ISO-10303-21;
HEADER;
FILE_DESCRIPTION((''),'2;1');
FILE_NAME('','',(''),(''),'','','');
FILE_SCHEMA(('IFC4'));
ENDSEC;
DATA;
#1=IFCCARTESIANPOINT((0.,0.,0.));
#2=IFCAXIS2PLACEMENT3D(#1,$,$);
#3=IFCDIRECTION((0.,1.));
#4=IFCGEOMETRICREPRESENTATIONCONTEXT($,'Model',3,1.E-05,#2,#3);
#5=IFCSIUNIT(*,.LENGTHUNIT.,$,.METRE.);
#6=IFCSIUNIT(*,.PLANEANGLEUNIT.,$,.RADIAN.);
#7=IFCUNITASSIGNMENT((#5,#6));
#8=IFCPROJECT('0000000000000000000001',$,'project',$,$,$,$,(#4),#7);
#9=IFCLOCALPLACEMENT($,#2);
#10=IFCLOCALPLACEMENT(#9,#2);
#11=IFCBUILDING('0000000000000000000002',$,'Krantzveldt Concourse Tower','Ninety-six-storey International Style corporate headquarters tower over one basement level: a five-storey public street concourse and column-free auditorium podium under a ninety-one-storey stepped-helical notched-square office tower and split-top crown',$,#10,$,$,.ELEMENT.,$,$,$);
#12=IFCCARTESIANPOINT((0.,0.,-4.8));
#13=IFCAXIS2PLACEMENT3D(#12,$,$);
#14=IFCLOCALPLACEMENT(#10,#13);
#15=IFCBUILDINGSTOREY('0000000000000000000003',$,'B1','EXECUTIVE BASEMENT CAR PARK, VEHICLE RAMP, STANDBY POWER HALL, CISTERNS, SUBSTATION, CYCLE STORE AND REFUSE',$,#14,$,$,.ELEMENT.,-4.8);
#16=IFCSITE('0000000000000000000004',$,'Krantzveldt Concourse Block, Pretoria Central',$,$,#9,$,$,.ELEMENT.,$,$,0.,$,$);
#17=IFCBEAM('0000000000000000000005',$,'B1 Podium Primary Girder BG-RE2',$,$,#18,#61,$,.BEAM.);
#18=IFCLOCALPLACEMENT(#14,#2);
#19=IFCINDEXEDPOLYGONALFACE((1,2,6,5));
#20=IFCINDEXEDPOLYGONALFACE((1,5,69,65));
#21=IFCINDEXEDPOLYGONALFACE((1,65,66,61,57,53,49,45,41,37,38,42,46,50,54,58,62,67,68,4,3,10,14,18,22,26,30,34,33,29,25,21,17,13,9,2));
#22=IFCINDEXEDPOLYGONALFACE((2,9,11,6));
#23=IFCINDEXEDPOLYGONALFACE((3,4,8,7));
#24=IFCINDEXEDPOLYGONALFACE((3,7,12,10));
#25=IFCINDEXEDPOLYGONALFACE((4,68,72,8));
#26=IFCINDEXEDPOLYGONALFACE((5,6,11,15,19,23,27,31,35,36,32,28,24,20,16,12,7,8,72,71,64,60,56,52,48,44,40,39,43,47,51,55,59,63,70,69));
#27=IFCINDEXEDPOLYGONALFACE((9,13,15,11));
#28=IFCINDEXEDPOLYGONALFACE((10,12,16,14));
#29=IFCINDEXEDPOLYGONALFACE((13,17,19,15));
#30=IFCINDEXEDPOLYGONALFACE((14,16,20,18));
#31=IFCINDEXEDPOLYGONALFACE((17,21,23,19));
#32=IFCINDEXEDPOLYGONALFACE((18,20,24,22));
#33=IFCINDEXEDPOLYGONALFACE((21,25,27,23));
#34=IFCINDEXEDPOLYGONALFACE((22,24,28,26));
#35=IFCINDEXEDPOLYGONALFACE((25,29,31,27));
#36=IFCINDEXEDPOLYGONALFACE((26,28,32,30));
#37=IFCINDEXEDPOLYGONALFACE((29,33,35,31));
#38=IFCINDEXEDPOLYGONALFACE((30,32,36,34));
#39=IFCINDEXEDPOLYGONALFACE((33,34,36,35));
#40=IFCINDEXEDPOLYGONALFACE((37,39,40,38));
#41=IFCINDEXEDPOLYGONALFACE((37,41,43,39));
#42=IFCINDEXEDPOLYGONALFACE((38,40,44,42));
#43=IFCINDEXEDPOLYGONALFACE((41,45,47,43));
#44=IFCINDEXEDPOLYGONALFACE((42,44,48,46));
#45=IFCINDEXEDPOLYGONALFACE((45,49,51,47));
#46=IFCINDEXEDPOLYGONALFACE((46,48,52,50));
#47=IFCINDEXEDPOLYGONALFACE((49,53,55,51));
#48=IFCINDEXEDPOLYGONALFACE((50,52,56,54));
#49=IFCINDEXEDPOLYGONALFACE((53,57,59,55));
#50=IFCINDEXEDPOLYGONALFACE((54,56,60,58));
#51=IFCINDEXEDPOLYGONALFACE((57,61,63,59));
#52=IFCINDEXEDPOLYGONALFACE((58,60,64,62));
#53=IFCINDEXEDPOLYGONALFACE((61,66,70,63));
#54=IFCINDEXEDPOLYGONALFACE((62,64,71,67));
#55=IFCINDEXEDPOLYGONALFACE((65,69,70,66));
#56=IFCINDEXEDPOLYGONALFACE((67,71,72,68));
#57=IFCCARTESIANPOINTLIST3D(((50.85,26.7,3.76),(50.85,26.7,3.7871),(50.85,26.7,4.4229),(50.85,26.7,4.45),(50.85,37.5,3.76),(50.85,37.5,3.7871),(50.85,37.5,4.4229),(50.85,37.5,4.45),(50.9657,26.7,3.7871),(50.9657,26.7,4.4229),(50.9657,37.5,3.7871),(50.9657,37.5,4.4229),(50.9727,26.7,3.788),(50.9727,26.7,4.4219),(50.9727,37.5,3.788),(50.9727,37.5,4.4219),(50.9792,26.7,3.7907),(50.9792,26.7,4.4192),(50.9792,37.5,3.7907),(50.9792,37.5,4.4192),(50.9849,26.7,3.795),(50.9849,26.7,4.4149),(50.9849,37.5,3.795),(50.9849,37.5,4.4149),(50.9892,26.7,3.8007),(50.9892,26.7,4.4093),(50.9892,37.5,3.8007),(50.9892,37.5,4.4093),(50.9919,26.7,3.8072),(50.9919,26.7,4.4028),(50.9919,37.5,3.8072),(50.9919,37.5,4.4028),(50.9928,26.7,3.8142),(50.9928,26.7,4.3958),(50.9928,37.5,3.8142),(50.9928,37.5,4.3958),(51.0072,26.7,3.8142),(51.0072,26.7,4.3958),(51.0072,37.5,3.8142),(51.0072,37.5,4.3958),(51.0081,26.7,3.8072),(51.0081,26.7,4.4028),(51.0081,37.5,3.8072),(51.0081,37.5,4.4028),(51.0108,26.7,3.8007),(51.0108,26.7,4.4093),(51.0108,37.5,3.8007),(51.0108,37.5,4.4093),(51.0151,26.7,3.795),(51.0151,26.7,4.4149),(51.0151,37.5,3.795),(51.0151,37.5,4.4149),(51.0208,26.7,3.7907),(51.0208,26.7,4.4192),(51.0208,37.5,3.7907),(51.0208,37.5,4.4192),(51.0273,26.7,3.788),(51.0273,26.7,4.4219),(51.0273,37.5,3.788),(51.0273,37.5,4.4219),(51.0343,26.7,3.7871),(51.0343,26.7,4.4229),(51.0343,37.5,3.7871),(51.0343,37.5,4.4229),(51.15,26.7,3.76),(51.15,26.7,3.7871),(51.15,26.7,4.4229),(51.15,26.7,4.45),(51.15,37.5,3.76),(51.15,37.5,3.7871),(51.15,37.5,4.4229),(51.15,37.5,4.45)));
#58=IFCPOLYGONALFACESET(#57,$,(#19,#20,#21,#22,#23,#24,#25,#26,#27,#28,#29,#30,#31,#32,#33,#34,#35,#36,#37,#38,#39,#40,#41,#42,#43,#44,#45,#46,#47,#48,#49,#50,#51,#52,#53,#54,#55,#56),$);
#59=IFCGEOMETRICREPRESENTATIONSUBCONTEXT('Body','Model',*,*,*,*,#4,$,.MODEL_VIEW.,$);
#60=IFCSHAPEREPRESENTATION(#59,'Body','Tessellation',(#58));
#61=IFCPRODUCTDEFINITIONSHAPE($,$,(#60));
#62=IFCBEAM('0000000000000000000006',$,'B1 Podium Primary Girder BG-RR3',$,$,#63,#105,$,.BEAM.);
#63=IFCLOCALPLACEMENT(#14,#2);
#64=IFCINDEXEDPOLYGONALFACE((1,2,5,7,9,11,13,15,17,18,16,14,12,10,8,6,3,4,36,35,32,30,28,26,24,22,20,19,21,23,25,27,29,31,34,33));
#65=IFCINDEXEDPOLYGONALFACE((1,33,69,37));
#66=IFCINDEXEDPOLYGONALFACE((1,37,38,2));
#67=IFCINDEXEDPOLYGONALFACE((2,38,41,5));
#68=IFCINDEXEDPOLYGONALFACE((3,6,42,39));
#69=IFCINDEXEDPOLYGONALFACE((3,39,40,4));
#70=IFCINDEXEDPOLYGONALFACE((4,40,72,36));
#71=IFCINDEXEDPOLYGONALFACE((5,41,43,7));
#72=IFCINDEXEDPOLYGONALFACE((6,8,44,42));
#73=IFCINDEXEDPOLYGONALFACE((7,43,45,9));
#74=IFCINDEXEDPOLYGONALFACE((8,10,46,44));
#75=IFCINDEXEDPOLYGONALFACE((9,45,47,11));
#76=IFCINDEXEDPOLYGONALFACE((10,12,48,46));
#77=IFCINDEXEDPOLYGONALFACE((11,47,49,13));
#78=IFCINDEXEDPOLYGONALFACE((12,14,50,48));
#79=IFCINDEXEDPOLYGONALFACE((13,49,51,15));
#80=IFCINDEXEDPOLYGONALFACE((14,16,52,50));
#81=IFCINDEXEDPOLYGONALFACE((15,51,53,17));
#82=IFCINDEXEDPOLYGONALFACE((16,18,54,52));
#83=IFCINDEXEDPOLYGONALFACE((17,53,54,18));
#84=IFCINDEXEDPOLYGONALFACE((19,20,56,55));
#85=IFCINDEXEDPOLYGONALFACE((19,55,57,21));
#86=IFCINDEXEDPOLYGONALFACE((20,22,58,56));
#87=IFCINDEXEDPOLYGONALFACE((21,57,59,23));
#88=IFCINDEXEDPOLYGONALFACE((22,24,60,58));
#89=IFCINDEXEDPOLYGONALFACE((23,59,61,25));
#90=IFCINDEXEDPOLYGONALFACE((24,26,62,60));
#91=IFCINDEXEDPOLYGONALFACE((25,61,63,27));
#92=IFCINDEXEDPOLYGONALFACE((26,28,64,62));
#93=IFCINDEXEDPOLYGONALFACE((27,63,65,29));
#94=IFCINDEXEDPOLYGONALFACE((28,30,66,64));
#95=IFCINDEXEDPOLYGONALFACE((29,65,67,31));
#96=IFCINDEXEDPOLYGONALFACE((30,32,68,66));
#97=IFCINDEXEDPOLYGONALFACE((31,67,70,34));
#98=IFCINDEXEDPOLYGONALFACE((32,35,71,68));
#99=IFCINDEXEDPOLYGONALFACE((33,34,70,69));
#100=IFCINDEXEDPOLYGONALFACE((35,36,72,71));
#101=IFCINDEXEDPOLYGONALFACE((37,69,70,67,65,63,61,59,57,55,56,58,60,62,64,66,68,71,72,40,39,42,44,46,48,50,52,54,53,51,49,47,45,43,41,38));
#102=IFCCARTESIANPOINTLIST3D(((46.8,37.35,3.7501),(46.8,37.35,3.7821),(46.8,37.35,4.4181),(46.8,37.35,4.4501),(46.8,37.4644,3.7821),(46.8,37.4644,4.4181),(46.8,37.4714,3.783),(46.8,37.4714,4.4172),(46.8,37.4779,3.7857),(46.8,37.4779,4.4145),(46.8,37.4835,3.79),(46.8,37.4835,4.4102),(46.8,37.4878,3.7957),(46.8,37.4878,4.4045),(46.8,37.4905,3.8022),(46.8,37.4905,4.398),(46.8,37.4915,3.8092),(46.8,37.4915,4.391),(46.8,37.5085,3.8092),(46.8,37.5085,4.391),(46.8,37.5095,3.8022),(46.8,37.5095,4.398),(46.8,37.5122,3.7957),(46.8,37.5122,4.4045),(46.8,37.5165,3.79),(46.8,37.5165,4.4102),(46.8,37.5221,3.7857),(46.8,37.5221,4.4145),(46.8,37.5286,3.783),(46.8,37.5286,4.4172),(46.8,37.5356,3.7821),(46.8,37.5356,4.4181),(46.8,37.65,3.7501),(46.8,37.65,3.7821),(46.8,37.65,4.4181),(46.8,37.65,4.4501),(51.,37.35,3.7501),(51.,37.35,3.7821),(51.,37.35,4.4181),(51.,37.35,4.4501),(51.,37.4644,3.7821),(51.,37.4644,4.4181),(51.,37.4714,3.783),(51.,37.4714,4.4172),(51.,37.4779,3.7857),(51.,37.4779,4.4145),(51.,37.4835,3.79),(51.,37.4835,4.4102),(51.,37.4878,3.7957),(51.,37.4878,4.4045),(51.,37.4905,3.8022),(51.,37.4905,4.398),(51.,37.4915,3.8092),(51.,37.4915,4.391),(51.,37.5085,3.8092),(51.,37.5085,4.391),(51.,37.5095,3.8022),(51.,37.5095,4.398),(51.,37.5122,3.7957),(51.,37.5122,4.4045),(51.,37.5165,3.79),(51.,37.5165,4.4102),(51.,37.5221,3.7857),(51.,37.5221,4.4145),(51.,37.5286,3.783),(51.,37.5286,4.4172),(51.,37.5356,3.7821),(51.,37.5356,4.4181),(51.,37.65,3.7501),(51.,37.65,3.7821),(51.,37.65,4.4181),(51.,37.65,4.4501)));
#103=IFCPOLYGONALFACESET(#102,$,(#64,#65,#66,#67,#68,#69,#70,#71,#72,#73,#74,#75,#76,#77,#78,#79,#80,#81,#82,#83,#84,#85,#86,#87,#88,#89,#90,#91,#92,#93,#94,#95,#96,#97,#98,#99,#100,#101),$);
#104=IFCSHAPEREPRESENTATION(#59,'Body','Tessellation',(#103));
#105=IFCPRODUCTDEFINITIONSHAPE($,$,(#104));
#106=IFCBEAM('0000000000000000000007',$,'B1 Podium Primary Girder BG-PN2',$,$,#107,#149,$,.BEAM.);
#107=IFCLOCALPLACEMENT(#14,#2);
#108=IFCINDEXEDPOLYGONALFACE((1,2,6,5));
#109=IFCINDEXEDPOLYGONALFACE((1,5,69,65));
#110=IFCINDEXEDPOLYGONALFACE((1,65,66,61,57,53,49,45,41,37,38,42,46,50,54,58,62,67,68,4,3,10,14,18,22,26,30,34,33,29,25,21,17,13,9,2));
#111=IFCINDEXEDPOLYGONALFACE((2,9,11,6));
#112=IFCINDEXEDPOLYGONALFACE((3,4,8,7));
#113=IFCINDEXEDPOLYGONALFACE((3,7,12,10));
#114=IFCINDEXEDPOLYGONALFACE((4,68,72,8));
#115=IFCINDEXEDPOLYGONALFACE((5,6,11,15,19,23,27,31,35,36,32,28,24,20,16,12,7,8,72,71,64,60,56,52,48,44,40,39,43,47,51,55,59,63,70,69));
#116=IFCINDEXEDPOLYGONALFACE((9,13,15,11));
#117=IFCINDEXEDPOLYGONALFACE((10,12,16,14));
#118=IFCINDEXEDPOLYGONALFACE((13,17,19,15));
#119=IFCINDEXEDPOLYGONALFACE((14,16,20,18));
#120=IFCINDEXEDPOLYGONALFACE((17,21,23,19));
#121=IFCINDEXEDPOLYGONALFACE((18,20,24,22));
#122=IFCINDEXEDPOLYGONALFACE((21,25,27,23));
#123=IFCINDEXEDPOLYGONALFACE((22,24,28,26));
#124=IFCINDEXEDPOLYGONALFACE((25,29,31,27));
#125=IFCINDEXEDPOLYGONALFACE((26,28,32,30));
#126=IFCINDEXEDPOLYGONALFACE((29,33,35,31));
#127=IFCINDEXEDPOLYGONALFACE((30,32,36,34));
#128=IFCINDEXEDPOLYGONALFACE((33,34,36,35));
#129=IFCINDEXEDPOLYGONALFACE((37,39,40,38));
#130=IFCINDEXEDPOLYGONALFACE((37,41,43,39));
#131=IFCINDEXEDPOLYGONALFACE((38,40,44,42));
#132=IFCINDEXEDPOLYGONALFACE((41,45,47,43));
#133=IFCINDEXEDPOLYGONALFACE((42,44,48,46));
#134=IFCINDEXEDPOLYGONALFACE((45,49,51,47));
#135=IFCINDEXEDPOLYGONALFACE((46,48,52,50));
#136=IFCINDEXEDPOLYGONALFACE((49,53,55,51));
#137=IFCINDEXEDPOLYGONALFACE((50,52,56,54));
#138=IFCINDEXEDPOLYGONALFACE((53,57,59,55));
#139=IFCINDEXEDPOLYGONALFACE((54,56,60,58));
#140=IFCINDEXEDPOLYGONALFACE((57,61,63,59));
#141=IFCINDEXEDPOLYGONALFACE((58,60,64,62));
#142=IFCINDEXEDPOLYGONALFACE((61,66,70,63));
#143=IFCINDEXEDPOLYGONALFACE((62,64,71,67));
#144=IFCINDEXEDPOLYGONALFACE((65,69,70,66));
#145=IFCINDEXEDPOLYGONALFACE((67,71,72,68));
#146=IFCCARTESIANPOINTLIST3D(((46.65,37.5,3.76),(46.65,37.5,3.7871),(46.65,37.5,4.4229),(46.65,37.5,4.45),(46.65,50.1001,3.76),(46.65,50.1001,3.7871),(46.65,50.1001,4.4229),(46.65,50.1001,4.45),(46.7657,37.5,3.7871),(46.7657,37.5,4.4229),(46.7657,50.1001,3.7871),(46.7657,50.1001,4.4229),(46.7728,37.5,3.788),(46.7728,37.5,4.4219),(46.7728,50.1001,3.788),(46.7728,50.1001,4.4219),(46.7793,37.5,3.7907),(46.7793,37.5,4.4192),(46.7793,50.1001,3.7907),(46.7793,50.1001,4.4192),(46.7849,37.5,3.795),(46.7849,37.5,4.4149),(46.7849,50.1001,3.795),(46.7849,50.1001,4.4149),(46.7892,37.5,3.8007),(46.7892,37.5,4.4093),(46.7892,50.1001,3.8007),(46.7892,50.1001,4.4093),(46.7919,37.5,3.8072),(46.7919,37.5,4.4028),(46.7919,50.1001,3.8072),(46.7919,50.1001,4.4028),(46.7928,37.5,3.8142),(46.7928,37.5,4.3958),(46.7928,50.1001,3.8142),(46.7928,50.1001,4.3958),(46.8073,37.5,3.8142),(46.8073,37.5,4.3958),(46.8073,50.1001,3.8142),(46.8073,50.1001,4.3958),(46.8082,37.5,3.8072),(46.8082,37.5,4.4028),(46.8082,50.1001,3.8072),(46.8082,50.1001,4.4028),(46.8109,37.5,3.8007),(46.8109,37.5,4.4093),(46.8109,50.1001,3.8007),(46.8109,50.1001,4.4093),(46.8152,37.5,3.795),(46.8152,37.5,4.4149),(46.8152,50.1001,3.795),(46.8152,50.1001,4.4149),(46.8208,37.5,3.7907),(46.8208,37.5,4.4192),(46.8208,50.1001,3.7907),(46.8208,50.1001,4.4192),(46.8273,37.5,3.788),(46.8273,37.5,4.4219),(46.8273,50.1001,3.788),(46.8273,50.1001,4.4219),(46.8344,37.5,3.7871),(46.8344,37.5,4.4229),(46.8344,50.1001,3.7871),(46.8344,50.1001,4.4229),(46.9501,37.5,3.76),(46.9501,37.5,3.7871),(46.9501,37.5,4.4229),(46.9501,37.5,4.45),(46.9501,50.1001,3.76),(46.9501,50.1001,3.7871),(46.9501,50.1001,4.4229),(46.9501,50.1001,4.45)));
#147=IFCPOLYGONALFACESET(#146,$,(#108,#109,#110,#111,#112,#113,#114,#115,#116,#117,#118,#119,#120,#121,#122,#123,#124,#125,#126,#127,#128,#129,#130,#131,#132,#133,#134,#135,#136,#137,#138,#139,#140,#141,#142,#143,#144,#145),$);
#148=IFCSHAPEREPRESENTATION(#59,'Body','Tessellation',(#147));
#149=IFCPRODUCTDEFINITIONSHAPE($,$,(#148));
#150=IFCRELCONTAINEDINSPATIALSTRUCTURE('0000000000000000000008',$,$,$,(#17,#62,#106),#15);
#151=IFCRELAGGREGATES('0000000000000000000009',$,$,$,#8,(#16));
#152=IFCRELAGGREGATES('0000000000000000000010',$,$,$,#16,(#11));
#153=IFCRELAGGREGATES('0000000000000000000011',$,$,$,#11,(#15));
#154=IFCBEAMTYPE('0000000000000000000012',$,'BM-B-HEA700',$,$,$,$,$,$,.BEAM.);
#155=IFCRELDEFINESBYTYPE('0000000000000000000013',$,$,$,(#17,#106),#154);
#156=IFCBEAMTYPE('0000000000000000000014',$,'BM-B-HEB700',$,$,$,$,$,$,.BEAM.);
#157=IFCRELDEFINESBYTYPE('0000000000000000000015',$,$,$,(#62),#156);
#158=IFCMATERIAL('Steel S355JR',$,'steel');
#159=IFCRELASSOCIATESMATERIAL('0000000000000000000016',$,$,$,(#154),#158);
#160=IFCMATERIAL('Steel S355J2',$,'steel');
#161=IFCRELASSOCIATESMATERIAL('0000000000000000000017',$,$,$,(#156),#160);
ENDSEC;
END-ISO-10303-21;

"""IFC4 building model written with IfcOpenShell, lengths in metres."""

from ifc_helpers import new_model, si_unit, direction, frame, origin, origin_2d, place, context, subcontext, project, spatial, i_section, extrude, source, transform, mapped, material, material_profile, profile_set, type_object, type_shapes, element, save


model = new_model("IFC4")

# Units and contexts
model_context = context("Model", 3, precision=1e-05, world=origin(), true_north=direction((0.0, 1.0)))
body_context = subcontext(model_context, "Body", "Model", "MODEL_VIEW")
ifc_project = project(units=[si_unit("LENGTHUNIT", "METRE"), si_unit("PLANEANGLEUNIT", "RADIAN")], contexts=[model_context])

# Site, building, storey
site_placement = place(None, origin())
site = spatial("IfcSite", under=ifc_project, at=site_placement, Name="Krantzveldt Concourse Block, Pretoria Central", CompositionType="ELEMENT", RefElevation=0.0)
building_placement = place(site_placement, origin())
building = spatial("IfcBuilding", under=site, at=building_placement, Name="Krantzveldt Concourse Tower", Description="Ninety-six-storey International Style corporate headquarters tower over one basement level: a five-storey public street concourse and column-free auditorium podium under a ninety-one-storey stepped-helical notched-square office tower and split-top crown", CompositionType="ELEMENT")
storey_placement = place(building_placement, frame((0.0, 0.0, -4.8)))
storey = spatial("IfcBuildingStorey", under=building, at=storey_placement, Name="B1", Description="EXECUTIVE BASEMENT CAR PARK, VEHICLE RAMP, STANDBY POWER HALL, CISTERNS, SUBSTATION, CYCLE STORE AND REFUSE", CompositionType="ELEMENT", Elevation=-4.8)

# Beams
ifc_material_1 = material(Name="Steel S355JR", Category="steel")
ifc_material_profile_1 = material_profile(ifc_material_1, i_section(OverallWidth=0.3, OverallDepth=0.6899, WebThickness=0.0144, FlangeThickness=0.0271, FilletRadius=0.0271, at=origin_2d()), Name="Steel S355JR", Category="steel")
ifc_profile_set_1 = profile_set([ifc_material_profile_1], Name="Steel S355JR - HEA 700")
beam_type_1 = type_object("IfcBeamType", Name="BM-B-HEA700", PredefinedType="BEAM", material=ifc_profile_set_1)
shared_shape_1 = source(origin(), body_context, "Body", "SweptSolid", [
    extrude(i_section(OverallWidth=0.3, OverallDepth=0.6899, WebThickness=0.0144, FlangeThickness=0.0271, FilletRadius=0.0271, at=origin_2d()), origin(), (0.0, 0.0, 1.0), 10.8),
])
beam_1_placement = place(storey_placement, frame((51.0, 26.7, 4.105), z_axis=(0.0, 1.0, 0.0), x_axis=(-1.0, 0.0, 0.0)))
element("IfcBeam", 1, at=beam_1_placement, inside=storey, type_object=beam_type_1, Name="B1 Podium Primary Girder BG-RE2", PredefinedType="BEAM", context=body_context, shape_type="MappedRepresentation", body=[
    mapped(shared_shape_1, transform((0.0, 0.0, 0.0), x_axis=(1.0, 0.0, 0.0), y_axis=(0.0, 1.0, 0.0), z_axis=(0.0, 0.0, 1.0), scale=1.0)),
])
ifc_material_2 = material(Name="Steel S355J2", Category="steel")
ifc_material_profile_2 = material_profile(ifc_material_2, i_section(OverallWidth=0.3, OverallDepth=0.7, WebThickness=0.0171, FlangeThickness=0.032, FilletRadius=0.0271, at=origin_2d()), Name="Steel S355J2", Category="steel")
ifc_profile_set_2 = profile_set([ifc_material_profile_2], Name="Steel S355J2 - HEB 700")
beam_type_2 = type_object("IfcBeamType", Name="BM-B-HEB700", PredefinedType="BEAM", material=ifc_profile_set_2)
shared_shape_2 = source(origin(), body_context, "Body", "SweptSolid", [
    extrude(i_section(OverallWidth=0.3, OverallDepth=0.7, WebThickness=0.0171, FlangeThickness=0.032, FilletRadius=0.0271, at=origin_2d()), origin(), (0.0, 0.0, 1.0), 4.2),
])
type_shapes(beam_type_2, [shared_shape_2])
beam_2_placement = place(storey_placement, frame((46.8, 37.5, 4.1001), z_axis=(1.0, 0.0, 0.0), x_axis=(0.0, 1.0, 0.0)))
element("IfcBeam", 2, at=beam_2_placement, inside=storey, type_object=beam_type_2, Name="B1 Podium Primary Girder BG-RR3", PredefinedType="BEAM", context=body_context, shape_type="MappedRepresentation", body=[
    mapped(shared_shape_2, transform((0.0, 0.0, 0.0), x_axis=(1.0, 0.0, 0.0), y_axis=(0.0, 1.0, 0.0), z_axis=(0.0, 0.0, 1.0), scale=1.0)),
])
shared_shape_3 = source(origin(), body_context, "Body", "SweptSolid", [
    extrude(i_section(OverallWidth=0.3, OverallDepth=0.6899, WebThickness=0.0144, FlangeThickness=0.0271, FilletRadius=0.0271, at=origin_2d()), origin(), (0.0, 0.0, 1.0), 12.6001),
])
type_shapes(beam_type_1, [shared_shape_1, shared_shape_3])
beam_3_placement = place(storey_placement, frame((46.8, 37.5, 4.105), z_axis=(0.0, 1.0, 0.0), x_axis=(-1.0, 0.0, 0.0)))
element("IfcBeam", 3, at=beam_3_placement, inside=storey, type_object=beam_type_1, Name="B1 Podium Primary Girder BG-PN2", PredefinedType="BEAM", context=body_context, shape_type="MappedRepresentation", body=[
    mapped(shared_shape_3, transform((0.0, 0.0, 0.0), x_axis=(1.0, 0.0, 0.0), y_axis=(0.0, 1.0, 0.0), z_axis=(0.0, 0.0, 1.0), scale=1.0)),
])

save(model, "model.ifc")
